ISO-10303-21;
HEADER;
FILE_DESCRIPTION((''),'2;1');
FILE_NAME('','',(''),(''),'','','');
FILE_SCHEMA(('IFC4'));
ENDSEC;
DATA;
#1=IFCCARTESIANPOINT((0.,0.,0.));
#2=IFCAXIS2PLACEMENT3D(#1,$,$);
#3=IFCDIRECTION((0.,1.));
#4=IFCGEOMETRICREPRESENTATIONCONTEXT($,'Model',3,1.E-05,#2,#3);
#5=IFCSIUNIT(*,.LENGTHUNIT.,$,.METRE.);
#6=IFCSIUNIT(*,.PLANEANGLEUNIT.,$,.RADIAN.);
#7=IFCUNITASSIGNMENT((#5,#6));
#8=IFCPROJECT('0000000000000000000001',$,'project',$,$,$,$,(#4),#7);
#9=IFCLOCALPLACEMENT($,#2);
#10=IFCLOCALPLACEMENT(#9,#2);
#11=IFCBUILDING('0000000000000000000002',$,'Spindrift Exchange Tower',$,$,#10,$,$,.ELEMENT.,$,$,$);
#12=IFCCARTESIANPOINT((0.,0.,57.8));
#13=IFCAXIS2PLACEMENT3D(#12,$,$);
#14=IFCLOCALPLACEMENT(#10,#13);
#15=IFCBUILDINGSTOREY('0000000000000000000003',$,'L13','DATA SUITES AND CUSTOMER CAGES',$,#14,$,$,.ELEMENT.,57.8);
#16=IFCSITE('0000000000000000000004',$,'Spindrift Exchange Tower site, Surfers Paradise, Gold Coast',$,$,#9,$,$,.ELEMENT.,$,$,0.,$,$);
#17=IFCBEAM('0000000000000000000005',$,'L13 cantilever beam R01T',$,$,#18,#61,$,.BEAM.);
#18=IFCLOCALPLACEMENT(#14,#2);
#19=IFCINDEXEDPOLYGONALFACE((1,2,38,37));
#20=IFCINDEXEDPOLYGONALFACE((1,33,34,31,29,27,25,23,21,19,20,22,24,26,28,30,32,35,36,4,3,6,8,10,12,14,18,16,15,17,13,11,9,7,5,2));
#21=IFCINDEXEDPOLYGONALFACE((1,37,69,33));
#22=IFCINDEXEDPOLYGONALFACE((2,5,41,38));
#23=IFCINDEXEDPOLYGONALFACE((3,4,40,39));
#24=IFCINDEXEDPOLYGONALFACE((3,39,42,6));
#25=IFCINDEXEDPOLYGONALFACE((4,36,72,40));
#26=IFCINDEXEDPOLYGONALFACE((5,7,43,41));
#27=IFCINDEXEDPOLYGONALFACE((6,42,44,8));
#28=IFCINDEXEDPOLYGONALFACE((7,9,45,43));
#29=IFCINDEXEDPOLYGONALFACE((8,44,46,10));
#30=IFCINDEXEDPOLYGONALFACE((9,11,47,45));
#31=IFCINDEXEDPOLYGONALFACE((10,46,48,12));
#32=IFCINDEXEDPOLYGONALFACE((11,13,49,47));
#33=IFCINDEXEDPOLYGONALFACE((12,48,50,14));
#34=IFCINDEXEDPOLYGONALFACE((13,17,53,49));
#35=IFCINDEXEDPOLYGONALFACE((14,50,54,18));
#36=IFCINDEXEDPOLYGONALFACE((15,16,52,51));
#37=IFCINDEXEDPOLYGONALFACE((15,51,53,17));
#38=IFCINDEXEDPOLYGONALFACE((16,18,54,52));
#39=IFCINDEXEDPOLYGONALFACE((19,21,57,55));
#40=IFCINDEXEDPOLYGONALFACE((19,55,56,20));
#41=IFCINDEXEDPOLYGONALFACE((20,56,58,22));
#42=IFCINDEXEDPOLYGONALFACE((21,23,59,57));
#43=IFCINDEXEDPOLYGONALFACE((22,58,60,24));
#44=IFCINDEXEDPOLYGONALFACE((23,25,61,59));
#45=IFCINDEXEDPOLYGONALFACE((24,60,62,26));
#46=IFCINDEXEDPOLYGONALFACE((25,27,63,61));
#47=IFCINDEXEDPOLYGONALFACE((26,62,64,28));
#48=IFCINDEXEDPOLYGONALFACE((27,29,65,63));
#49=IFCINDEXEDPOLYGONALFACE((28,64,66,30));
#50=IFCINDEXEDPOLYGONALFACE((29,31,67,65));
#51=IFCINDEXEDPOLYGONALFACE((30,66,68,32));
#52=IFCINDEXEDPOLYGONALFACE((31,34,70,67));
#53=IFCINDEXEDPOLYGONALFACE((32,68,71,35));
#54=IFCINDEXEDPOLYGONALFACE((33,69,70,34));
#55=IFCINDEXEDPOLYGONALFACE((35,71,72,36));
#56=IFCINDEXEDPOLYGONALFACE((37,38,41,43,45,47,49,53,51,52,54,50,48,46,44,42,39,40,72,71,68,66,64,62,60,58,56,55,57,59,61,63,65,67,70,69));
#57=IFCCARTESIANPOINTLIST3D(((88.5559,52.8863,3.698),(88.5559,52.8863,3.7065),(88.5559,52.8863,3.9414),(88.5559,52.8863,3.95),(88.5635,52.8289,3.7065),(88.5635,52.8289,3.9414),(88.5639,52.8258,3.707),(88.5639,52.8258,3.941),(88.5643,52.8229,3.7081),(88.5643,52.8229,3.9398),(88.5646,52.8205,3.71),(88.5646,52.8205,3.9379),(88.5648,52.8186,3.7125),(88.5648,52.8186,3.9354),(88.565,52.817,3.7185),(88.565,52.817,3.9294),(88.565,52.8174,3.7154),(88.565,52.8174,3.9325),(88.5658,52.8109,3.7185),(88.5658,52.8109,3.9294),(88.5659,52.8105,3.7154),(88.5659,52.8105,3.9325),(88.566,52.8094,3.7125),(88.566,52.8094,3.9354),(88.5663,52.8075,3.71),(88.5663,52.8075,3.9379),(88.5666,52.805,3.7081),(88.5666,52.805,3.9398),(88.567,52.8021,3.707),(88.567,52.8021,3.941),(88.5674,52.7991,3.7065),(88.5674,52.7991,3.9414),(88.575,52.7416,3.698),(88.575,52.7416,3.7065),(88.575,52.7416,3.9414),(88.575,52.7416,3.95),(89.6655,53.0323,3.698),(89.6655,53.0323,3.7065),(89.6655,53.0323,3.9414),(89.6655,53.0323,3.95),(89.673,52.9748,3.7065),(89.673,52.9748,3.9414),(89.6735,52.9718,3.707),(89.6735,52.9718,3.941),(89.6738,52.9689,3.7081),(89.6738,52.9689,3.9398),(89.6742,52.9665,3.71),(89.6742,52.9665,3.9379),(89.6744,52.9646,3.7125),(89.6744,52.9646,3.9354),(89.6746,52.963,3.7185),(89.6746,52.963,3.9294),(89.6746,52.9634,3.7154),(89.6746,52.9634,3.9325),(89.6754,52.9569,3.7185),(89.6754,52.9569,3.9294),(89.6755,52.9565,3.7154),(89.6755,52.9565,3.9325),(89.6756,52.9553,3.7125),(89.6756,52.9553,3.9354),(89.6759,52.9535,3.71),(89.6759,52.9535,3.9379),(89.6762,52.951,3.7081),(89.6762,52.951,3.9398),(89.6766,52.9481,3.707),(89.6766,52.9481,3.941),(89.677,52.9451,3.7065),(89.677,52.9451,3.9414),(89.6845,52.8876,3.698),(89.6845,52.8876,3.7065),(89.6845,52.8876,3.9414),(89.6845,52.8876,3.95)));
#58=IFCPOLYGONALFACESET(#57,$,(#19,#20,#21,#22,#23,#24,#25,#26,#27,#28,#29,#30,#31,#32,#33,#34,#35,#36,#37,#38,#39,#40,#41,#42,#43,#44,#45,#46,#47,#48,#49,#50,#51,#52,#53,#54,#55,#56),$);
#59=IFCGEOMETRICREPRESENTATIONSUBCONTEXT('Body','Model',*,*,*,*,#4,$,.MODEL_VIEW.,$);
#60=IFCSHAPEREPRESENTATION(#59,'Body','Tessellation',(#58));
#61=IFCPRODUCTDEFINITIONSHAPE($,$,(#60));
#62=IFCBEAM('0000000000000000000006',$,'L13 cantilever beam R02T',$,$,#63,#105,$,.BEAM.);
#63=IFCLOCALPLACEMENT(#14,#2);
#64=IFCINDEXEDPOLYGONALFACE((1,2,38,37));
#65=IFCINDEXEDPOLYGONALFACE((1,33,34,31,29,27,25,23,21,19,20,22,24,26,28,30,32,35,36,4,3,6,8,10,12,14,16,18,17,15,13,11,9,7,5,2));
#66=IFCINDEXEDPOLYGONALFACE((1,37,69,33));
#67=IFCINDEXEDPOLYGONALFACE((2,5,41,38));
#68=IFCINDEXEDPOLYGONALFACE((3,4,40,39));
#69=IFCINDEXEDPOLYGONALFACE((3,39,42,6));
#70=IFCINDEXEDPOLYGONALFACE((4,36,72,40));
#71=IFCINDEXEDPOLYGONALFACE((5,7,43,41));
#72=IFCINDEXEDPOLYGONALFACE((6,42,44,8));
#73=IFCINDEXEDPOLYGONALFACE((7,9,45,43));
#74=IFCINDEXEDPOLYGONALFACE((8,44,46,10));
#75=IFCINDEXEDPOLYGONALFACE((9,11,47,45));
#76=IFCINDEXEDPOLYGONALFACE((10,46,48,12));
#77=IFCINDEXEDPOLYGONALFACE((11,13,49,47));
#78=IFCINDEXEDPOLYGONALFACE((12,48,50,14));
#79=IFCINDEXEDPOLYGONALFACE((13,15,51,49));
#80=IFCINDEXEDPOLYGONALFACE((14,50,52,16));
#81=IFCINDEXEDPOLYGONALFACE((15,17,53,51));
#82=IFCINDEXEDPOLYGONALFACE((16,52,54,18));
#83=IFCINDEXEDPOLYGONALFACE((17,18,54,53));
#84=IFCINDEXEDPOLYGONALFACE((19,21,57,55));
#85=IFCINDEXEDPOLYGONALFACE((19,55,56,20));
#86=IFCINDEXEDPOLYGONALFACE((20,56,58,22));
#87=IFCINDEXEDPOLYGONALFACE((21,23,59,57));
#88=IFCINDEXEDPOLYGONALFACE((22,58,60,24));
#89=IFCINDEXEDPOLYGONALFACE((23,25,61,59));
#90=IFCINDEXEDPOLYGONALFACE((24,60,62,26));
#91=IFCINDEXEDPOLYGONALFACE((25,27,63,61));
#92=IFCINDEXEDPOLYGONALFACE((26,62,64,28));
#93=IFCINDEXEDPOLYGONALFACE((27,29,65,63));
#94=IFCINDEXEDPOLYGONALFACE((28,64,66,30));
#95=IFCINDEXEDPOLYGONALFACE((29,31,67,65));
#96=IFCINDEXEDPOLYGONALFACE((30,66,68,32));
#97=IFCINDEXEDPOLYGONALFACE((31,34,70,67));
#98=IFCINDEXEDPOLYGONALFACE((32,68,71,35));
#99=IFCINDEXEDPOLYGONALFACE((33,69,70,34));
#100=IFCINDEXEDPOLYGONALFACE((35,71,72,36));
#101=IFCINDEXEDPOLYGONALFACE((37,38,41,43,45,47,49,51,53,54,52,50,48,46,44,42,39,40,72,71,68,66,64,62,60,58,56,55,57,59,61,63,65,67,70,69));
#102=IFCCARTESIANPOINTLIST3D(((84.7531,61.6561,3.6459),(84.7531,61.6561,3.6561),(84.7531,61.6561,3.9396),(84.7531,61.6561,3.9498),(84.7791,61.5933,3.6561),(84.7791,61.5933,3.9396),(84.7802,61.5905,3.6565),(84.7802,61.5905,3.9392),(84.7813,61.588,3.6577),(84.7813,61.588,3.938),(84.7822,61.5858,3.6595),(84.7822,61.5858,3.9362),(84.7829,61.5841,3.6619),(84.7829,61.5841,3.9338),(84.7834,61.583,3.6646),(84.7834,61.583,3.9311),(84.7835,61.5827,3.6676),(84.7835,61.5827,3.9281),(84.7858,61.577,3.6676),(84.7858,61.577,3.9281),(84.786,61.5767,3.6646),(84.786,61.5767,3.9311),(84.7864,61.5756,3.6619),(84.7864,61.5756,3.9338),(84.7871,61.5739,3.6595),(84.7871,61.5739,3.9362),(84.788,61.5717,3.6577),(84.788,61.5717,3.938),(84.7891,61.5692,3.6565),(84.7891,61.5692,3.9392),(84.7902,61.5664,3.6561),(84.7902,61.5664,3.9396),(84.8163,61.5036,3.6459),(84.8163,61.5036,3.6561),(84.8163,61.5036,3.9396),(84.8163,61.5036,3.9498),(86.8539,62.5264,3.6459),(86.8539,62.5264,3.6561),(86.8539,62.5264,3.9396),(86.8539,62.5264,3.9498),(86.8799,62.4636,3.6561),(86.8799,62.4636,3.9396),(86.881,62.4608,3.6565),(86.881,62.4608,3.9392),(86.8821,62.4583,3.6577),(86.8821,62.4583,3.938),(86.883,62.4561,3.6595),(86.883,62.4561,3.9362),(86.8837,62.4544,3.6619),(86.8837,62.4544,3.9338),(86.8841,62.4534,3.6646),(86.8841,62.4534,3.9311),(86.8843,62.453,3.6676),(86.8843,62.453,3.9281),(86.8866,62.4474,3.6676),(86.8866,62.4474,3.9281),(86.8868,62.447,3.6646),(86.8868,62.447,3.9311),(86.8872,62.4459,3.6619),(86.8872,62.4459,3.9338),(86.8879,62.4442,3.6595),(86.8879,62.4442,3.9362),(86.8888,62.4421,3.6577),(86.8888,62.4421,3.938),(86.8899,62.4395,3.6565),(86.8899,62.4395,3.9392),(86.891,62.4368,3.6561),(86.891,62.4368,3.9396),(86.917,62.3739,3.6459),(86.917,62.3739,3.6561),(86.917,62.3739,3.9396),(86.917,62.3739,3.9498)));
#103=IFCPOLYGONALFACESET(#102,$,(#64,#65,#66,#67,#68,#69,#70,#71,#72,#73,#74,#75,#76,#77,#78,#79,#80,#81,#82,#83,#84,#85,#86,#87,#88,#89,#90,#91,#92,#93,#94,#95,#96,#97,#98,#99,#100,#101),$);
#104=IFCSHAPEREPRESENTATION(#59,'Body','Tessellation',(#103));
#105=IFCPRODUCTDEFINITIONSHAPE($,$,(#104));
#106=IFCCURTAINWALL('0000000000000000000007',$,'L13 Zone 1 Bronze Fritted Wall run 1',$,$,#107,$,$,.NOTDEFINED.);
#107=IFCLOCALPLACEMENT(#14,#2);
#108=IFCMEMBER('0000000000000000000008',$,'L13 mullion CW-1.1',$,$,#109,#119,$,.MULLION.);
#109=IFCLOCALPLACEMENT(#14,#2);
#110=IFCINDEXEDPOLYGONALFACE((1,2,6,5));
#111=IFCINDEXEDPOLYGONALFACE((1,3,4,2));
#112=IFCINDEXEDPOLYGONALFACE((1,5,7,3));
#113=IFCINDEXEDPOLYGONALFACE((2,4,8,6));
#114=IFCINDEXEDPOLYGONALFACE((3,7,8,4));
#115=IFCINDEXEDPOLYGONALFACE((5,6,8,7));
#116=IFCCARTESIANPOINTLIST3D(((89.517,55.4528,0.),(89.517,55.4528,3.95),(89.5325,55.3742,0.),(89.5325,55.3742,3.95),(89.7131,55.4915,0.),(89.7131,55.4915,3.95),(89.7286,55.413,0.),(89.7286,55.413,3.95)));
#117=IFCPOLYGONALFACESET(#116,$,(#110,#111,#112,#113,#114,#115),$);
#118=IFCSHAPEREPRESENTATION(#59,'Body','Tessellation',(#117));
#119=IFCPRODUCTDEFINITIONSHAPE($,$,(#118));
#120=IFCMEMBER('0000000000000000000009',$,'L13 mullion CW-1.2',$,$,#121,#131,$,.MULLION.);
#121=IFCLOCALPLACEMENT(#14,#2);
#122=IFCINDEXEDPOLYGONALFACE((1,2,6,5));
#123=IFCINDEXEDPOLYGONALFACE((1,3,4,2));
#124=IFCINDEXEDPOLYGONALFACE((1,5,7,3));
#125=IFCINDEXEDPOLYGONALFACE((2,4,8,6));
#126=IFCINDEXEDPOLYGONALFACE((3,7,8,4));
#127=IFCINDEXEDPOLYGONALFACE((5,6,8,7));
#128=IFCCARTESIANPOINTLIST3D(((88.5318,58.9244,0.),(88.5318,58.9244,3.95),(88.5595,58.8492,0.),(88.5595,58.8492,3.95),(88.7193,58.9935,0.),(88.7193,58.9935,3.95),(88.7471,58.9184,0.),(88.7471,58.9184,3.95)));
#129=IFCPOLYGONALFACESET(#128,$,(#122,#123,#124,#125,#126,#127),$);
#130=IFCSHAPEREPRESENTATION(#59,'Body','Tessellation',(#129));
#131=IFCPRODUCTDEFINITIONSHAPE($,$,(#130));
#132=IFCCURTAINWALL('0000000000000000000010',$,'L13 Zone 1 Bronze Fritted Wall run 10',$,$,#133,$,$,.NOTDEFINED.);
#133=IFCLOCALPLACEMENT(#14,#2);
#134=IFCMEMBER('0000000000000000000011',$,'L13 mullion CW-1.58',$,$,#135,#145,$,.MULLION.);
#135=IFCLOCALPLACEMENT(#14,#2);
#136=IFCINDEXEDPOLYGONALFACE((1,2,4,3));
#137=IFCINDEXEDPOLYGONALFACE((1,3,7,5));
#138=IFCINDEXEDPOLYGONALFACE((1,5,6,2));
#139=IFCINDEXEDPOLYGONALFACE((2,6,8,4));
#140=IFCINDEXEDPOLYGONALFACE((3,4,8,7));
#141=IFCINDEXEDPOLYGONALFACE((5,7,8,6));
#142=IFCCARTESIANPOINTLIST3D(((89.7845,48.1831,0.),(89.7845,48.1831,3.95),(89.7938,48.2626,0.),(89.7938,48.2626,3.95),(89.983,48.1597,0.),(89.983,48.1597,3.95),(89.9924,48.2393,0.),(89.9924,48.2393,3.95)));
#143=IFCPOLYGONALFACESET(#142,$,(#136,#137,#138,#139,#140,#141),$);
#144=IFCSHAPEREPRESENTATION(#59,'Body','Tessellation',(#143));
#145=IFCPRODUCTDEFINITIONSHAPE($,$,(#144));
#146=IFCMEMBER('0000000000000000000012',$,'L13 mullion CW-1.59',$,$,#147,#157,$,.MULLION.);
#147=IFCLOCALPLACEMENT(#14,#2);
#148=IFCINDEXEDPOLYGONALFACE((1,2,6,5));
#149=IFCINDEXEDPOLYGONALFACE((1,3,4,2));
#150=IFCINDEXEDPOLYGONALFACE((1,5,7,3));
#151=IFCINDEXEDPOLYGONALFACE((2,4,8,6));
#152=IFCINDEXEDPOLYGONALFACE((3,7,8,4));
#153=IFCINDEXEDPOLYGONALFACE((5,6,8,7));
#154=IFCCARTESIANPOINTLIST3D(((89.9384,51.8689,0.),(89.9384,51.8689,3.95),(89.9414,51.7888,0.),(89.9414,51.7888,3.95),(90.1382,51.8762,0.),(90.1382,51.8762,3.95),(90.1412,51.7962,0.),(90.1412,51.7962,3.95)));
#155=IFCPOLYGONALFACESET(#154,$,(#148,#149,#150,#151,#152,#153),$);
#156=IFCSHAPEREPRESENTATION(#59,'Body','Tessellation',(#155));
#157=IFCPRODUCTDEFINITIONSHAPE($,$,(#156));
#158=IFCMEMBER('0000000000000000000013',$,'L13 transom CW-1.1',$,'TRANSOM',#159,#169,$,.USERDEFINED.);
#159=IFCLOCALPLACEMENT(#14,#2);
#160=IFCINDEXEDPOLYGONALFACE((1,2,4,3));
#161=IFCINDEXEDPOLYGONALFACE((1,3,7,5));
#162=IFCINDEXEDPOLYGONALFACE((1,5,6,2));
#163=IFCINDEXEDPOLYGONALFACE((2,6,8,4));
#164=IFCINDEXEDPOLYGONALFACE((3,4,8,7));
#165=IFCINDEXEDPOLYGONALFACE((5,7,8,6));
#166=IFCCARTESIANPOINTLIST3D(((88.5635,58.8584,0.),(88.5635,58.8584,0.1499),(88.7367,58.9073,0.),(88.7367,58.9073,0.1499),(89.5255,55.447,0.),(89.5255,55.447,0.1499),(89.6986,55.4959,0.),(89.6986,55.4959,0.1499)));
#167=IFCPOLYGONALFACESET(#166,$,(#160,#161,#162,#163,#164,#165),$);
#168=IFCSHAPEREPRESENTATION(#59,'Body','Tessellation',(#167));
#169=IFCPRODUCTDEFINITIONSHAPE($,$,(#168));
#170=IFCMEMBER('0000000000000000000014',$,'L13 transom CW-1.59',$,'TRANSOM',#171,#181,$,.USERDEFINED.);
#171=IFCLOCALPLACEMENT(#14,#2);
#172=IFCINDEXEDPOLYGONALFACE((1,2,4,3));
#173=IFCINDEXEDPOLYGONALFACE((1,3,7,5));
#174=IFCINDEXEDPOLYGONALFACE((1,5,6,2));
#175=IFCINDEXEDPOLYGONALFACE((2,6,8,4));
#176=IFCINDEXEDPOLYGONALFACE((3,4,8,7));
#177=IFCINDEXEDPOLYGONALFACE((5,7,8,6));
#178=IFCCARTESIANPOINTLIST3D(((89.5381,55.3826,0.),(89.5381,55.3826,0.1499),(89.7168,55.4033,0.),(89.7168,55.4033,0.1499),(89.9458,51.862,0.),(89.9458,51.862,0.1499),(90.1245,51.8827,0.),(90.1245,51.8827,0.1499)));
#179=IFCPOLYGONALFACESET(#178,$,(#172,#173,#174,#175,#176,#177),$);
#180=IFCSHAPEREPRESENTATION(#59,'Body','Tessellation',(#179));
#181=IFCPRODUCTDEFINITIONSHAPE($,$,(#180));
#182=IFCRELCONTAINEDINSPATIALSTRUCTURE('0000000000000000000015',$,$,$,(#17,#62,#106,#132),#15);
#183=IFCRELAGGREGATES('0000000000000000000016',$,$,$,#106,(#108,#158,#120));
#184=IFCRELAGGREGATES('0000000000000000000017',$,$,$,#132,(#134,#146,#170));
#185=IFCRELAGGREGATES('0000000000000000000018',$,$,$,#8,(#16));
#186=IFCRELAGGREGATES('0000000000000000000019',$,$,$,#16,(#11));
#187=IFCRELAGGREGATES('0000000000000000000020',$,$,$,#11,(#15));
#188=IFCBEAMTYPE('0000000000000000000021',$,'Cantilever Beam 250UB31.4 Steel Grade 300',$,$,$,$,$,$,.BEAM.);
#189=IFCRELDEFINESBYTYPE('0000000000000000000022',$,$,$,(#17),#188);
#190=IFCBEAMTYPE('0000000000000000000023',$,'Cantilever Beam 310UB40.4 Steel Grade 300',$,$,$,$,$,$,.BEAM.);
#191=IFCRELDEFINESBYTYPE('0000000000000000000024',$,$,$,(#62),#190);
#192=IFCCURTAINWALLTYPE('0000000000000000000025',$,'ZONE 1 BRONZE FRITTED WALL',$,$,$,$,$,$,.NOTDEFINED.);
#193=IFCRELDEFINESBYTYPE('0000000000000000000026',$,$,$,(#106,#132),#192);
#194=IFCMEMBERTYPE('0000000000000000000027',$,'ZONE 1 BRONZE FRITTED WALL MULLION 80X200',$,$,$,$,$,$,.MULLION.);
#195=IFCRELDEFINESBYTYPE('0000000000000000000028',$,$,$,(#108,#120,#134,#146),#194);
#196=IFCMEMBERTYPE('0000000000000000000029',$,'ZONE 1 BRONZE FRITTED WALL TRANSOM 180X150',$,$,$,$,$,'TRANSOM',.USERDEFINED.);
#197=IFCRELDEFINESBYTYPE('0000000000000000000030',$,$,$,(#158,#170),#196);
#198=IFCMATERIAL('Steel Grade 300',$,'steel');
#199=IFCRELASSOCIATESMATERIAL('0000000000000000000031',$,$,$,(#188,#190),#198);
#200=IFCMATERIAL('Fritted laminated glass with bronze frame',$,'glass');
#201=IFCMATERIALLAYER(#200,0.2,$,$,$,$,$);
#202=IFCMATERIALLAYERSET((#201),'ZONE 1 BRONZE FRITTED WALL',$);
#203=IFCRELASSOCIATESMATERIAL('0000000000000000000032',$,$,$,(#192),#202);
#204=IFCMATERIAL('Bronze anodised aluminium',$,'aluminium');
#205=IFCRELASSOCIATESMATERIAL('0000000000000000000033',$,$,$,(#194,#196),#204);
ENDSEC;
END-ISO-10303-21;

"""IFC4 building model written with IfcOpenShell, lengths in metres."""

from ifc_helpers import new_model, si_unit, direction, frame, origin, origin_2d, place, context, subcontext, project, spatial, rectangle, i_section, extrude, source, transform, mapped, material, layer, layer_set, material_profile, profile_set, type_object, element, aggregate, save


model = new_model("IFC4")

# Units and contexts
model_context = context("Model", 3, precision=1e-05, world=origin(), true_north=direction((0.0, 1.0)))
body_context = subcontext(model_context, "Body", "Model", "MODEL_VIEW")
ifc_project = project(units=[si_unit("LENGTHUNIT", "METRE"), si_unit("PLANEANGLEUNIT", "RADIAN")], contexts=[model_context])

# Site, building, storey
site_placement = place(None, origin())
site = spatial("IfcSite", under=ifc_project, at=site_placement, Name="Spindrift Exchange Tower site, Surfers Paradise, Gold Coast", CompositionType="ELEMENT", RefElevation=0.0)
building_placement = place(site_placement, origin())
building = spatial("IfcBuilding", under=site, at=building_placement, Name="Spindrift Exchange Tower", CompositionType="ELEMENT")
storey_placement = place(building_placement, frame((0.0, 0.0, 57.8)))
storey = spatial("IfcBuildingStorey", under=building, at=storey_placement, Name="L13", Description="DATA SUITES AND CUSTOMER CAGES", CompositionType="ELEMENT", Elevation=57.8)

# Beams
ifc_material_1 = material(Name="Steel Grade 300", Category="steel")
ifc_material_profile_1 = material_profile(ifc_material_1, i_section(OverallWidth=0.146, OverallDepth=0.252, WebThickness=0.0061, FlangeThickness=0.0085, FilletRadius=0.012, at=origin_2d()), Name="250UB31.4")
ifc_profile_set_1 = profile_set([ifc_material_profile_1], Name="Steel Grade 300")
beam_type_1 = type_object("IfcBeamType", Name="Cantilever Beam 250UB31.4 Steel Grade 300", PredefinedType="BEAM", material=ifc_profile_set_1)
shared_shape_1 = source(origin(), body_context, "Body", "SweptSolid", [
    extrude(i_section(OverallWidth=0.146, OverallDepth=0.252, WebThickness=0.0061, FlangeThickness=0.0085, FilletRadius=0.012, at=origin_2d()), origin(), (0.0, 0.0, 1.0), 1.1191),
])
beam_1_placement = place(storey_placement, frame((88.5654, 52.814, 3.824), z_axis=(0.991455, 0.130449, 0.0), x_axis=(-0.130449, 0.991455, 0.0)))
element("IfcBeam", 1, at=beam_1_placement, inside=storey, type_object=beam_type_1, Name="L13 cantilever beam R01T", PredefinedType="BEAM", context=body_context, shape_type="MappedRepresentation", body=[
    mapped(shared_shape_1, transform((0.0, 0.0, 0.0), scale=1.0)),
])
ifc_material_profile_2 = material_profile(ifc_material_1, i_section(OverallWidth=0.165, OverallDepth=0.304, WebThickness=0.0061, FlangeThickness=0.0103, FilletRadius=0.0115, at=origin_2d()), Name="310UB40.4")
ifc_profile_set_2 = profile_set([ifc_material_profile_2], Name="Steel Grade 300")
beam_type_2 = type_object("IfcBeamType", Name="Cantilever Beam 310UB40.4 Steel Grade 300", PredefinedType="BEAM", material=ifc_profile_set_2)
shared_shape_2 = source(origin(), body_context, "Body", "SweptSolid", [
    extrude(i_section(OverallWidth=0.165, OverallDepth=0.304, WebThickness=0.0061, FlangeThickness=0.0103, FilletRadius=0.0115, at=origin_2d()), origin(), (0.0, 0.0, 1.0), 2.2739),
])
beam_2_placement = place(storey_placement, frame((84.7847, 61.5798, 3.7979), z_axis=(0.923853, 0.382747, 0.0), x_axis=(-0.382747, 0.923853, 0.0)))
element("IfcBeam", 2, at=beam_2_placement, inside=storey, type_object=beam_type_2, Name="L13 cantilever beam R02T", PredefinedType="BEAM", context=body_context, shape_type="MappedRepresentation", body=[
    mapped(shared_shape_2, transform((0.0, 0.0, 0.0), scale=1.0)),
])

# Curtain walls, members
ifc_material_2 = material(Name="Fritted laminated glass with bronze frame", Category="glass")
ifc_layer_1 = layer(ifc_material_2, 0.2)
ifc_layer_set_1 = layer_set([ifc_layer_1], Name="ZONE 1 BRONZE FRITTED WALL")
curtain_wall_type = type_object("IfcCurtainWallType", Name="ZONE 1 BRONZE FRITTED WALL", PredefinedType="NOTDEFINED", material=ifc_layer_set_1)
curtain_wall_1_placement = place(storey_placement, origin())
curtain_wall_1 = element("IfcCurtainWall", 3, at=curtain_wall_1_placement, inside=storey, type_object=curtain_wall_type, Name="L13 Zone 1 Bronze Fritted Wall run 1", PredefinedType="NOTDEFINED")
ifc_material_3 = material(Name="Bronze anodised aluminium", Category="aluminium")
ifc_material_profile_3 = material_profile(ifc_material_3, rectangle(XDim=0.0801, YDim=0.2, at=origin_2d()), Name="ZONE 1 BRONZE FRITTED WALL MULLION 80X200")
ifc_profile_set_3 = profile_set([ifc_material_profile_3], Name="Bronze anodised aluminium")
member_type_1 = type_object("IfcMemberType", Name="ZONE 1 BRONZE FRITTED WALL MULLION 80X200", PredefinedType="MULLION", material=ifc_profile_set_3)
shared_shape_3 = source(origin(), body_context, "Body", "SweptSolid", [
    extrude(rectangle(XDim=0.0801, YDim=0.2, at=origin_2d()), origin(), (0.0, 0.0, 1.0), 3.95),
])
member_1_placement = place(storey_placement, frame((89.6228, 55.4329, 0.0), z_axis=(0.0, 0.0, 1.0), x_axis=(-0.19382, 0.981037, 0.0)))
member_1 = element("IfcMember", 4, at=member_1_placement, type_object=member_type_1, Name="L13 mullion CW-1.1", PredefinedType="MULLION", context=body_context, shape_type="MappedRepresentation", body=[
    mapped(shared_shape_3, transform((0.0, 0.0, 0.0), scale=1.0)),
])
member_2_placement = place(storey_placement, frame((88.6394, 58.9214, 0.0), z_axis=(0.0, 0.0, 1.0), x_axis=(-0.346024, 0.938226, 0.0)))
member_2 = element("IfcMember", 5, at=member_2_placement, type_object=member_type_1, Name="L13 mullion CW-1.2", PredefinedType="MULLION", context=body_context, shape_type="MappedRepresentation", body=[
    mapped(shared_shape_3, transform((0.0, 0.0, 0.0), scale=1.0)),
])
curtain_wall_2_placement = place(storey_placement, origin())
curtain_wall_2 = element("IfcCurtainWall", 6, at=curtain_wall_2_placement, inside=storey, type_object=curtain_wall_type, Name="L13 Zone 1 Bronze Fritted Wall run 10", PredefinedType="NOTDEFINED")
member_3_placement = place(storey_placement, frame((89.8884, 48.2112, 0.0), z_axis=(0.0, 0.0, 1.0), x_axis=(0.116706, 0.993166, 0.0)))
member_3 = element("IfcMember", 7, at=member_3_placement, type_object=member_type_1, Name="L13 mullion CW-1.58", PredefinedType="MULLION", context=body_context, shape_type="MappedRepresentation", body=[
    mapped(shared_shape_3, transform((0.0, 0.0, 0.0), scale=1.0)),
])
member_4_placement = place(storey_placement, frame((90.0398, 51.8325, 0.0), z_axis=(0.0, 0.0, 1.0), x_axis=(-0.036767, 0.999324, 0.0)))
member_4 = element("IfcMember", 8, at=member_4_placement, type_object=member_type_1, Name="L13 mullion CW-1.59", PredefinedType="MULLION", context=body_context, shape_type="MappedRepresentation", body=[
    mapped(shared_shape_3, transform((0.0, 0.0, 0.0), scale=1.0)),
])

# Members
ifc_material_profile_4 = material_profile(ifc_material_3, rectangle(XDim=0.1799, YDim=0.1499, at=origin_2d()), Name="ZONE 1 BRONZE FRITTED WALL TRANSOM 180X150")
ifc_profile_set_4 = profile_set([ifc_material_profile_4], Name="Bronze anodised aluminium")
member_type_2 = type_object("IfcMemberType", Name="ZONE 1 BRONZE FRITTED WALL TRANSOM 180X150", ElementType="TRANSOM", PredefinedType="USERDEFINED", material=ifc_profile_set_4)
shared_shape_4 = source(origin(), body_context, "Body", "SweptSolid", [
    extrude(rectangle(XDim=0.1799, YDim=0.1499, at=origin_2d()), origin(), (0.0, 0.0, 1.0), 3.5444),
])
member_5_placement = place(storey_placement, frame((89.6121, 55.4714, 0.075), z_axis=(-0.27139, 0.96247, 0.0), x_axis=(-0.96247, -0.27139, 0.0)))
member_5 = element("IfcMember", 9, at=member_5_placement, type_object=member_type_2, Name="L13 transom CW-1.1", ObjectType="TRANSOM", PredefinedType="USERDEFINED", context=body_context, shape_type="MappedRepresentation", body=[
    mapped(shared_shape_4, transform((0.0, 0.0, 0.0), scale=1.0)),
])
shared_shape_5 = source(origin(), body_context, "Body", "SweptSolid", [
    extrude(rectangle(XDim=0.1799, YDim=0.1499, at=origin_2d()), origin(), (0.0, 0.0, 1.0), 3.5442),
])
member_6_placement = place(storey_placement, frame((90.0352, 51.8723, 0.075), z_axis=(-0.115035, 0.993361, 0.0), x_axis=(-0.993361, -0.115035, 0.0)))
member_6 = element("IfcMember", 10, at=member_6_placement, type_object=member_type_2, Name="L13 transom CW-1.59", ObjectType="TRANSOM", PredefinedType="USERDEFINED", context=body_context, shape_type="MappedRepresentation", body=[
    mapped(shared_shape_5, transform((0.0, 0.0, 0.0), scale=1.0)),
])

aggregate(curtain_wall_1, [member_1, member_5, member_2])
aggregate(curtain_wall_2, [member_3, member_4, member_6])

save(model, "model.ifc")
